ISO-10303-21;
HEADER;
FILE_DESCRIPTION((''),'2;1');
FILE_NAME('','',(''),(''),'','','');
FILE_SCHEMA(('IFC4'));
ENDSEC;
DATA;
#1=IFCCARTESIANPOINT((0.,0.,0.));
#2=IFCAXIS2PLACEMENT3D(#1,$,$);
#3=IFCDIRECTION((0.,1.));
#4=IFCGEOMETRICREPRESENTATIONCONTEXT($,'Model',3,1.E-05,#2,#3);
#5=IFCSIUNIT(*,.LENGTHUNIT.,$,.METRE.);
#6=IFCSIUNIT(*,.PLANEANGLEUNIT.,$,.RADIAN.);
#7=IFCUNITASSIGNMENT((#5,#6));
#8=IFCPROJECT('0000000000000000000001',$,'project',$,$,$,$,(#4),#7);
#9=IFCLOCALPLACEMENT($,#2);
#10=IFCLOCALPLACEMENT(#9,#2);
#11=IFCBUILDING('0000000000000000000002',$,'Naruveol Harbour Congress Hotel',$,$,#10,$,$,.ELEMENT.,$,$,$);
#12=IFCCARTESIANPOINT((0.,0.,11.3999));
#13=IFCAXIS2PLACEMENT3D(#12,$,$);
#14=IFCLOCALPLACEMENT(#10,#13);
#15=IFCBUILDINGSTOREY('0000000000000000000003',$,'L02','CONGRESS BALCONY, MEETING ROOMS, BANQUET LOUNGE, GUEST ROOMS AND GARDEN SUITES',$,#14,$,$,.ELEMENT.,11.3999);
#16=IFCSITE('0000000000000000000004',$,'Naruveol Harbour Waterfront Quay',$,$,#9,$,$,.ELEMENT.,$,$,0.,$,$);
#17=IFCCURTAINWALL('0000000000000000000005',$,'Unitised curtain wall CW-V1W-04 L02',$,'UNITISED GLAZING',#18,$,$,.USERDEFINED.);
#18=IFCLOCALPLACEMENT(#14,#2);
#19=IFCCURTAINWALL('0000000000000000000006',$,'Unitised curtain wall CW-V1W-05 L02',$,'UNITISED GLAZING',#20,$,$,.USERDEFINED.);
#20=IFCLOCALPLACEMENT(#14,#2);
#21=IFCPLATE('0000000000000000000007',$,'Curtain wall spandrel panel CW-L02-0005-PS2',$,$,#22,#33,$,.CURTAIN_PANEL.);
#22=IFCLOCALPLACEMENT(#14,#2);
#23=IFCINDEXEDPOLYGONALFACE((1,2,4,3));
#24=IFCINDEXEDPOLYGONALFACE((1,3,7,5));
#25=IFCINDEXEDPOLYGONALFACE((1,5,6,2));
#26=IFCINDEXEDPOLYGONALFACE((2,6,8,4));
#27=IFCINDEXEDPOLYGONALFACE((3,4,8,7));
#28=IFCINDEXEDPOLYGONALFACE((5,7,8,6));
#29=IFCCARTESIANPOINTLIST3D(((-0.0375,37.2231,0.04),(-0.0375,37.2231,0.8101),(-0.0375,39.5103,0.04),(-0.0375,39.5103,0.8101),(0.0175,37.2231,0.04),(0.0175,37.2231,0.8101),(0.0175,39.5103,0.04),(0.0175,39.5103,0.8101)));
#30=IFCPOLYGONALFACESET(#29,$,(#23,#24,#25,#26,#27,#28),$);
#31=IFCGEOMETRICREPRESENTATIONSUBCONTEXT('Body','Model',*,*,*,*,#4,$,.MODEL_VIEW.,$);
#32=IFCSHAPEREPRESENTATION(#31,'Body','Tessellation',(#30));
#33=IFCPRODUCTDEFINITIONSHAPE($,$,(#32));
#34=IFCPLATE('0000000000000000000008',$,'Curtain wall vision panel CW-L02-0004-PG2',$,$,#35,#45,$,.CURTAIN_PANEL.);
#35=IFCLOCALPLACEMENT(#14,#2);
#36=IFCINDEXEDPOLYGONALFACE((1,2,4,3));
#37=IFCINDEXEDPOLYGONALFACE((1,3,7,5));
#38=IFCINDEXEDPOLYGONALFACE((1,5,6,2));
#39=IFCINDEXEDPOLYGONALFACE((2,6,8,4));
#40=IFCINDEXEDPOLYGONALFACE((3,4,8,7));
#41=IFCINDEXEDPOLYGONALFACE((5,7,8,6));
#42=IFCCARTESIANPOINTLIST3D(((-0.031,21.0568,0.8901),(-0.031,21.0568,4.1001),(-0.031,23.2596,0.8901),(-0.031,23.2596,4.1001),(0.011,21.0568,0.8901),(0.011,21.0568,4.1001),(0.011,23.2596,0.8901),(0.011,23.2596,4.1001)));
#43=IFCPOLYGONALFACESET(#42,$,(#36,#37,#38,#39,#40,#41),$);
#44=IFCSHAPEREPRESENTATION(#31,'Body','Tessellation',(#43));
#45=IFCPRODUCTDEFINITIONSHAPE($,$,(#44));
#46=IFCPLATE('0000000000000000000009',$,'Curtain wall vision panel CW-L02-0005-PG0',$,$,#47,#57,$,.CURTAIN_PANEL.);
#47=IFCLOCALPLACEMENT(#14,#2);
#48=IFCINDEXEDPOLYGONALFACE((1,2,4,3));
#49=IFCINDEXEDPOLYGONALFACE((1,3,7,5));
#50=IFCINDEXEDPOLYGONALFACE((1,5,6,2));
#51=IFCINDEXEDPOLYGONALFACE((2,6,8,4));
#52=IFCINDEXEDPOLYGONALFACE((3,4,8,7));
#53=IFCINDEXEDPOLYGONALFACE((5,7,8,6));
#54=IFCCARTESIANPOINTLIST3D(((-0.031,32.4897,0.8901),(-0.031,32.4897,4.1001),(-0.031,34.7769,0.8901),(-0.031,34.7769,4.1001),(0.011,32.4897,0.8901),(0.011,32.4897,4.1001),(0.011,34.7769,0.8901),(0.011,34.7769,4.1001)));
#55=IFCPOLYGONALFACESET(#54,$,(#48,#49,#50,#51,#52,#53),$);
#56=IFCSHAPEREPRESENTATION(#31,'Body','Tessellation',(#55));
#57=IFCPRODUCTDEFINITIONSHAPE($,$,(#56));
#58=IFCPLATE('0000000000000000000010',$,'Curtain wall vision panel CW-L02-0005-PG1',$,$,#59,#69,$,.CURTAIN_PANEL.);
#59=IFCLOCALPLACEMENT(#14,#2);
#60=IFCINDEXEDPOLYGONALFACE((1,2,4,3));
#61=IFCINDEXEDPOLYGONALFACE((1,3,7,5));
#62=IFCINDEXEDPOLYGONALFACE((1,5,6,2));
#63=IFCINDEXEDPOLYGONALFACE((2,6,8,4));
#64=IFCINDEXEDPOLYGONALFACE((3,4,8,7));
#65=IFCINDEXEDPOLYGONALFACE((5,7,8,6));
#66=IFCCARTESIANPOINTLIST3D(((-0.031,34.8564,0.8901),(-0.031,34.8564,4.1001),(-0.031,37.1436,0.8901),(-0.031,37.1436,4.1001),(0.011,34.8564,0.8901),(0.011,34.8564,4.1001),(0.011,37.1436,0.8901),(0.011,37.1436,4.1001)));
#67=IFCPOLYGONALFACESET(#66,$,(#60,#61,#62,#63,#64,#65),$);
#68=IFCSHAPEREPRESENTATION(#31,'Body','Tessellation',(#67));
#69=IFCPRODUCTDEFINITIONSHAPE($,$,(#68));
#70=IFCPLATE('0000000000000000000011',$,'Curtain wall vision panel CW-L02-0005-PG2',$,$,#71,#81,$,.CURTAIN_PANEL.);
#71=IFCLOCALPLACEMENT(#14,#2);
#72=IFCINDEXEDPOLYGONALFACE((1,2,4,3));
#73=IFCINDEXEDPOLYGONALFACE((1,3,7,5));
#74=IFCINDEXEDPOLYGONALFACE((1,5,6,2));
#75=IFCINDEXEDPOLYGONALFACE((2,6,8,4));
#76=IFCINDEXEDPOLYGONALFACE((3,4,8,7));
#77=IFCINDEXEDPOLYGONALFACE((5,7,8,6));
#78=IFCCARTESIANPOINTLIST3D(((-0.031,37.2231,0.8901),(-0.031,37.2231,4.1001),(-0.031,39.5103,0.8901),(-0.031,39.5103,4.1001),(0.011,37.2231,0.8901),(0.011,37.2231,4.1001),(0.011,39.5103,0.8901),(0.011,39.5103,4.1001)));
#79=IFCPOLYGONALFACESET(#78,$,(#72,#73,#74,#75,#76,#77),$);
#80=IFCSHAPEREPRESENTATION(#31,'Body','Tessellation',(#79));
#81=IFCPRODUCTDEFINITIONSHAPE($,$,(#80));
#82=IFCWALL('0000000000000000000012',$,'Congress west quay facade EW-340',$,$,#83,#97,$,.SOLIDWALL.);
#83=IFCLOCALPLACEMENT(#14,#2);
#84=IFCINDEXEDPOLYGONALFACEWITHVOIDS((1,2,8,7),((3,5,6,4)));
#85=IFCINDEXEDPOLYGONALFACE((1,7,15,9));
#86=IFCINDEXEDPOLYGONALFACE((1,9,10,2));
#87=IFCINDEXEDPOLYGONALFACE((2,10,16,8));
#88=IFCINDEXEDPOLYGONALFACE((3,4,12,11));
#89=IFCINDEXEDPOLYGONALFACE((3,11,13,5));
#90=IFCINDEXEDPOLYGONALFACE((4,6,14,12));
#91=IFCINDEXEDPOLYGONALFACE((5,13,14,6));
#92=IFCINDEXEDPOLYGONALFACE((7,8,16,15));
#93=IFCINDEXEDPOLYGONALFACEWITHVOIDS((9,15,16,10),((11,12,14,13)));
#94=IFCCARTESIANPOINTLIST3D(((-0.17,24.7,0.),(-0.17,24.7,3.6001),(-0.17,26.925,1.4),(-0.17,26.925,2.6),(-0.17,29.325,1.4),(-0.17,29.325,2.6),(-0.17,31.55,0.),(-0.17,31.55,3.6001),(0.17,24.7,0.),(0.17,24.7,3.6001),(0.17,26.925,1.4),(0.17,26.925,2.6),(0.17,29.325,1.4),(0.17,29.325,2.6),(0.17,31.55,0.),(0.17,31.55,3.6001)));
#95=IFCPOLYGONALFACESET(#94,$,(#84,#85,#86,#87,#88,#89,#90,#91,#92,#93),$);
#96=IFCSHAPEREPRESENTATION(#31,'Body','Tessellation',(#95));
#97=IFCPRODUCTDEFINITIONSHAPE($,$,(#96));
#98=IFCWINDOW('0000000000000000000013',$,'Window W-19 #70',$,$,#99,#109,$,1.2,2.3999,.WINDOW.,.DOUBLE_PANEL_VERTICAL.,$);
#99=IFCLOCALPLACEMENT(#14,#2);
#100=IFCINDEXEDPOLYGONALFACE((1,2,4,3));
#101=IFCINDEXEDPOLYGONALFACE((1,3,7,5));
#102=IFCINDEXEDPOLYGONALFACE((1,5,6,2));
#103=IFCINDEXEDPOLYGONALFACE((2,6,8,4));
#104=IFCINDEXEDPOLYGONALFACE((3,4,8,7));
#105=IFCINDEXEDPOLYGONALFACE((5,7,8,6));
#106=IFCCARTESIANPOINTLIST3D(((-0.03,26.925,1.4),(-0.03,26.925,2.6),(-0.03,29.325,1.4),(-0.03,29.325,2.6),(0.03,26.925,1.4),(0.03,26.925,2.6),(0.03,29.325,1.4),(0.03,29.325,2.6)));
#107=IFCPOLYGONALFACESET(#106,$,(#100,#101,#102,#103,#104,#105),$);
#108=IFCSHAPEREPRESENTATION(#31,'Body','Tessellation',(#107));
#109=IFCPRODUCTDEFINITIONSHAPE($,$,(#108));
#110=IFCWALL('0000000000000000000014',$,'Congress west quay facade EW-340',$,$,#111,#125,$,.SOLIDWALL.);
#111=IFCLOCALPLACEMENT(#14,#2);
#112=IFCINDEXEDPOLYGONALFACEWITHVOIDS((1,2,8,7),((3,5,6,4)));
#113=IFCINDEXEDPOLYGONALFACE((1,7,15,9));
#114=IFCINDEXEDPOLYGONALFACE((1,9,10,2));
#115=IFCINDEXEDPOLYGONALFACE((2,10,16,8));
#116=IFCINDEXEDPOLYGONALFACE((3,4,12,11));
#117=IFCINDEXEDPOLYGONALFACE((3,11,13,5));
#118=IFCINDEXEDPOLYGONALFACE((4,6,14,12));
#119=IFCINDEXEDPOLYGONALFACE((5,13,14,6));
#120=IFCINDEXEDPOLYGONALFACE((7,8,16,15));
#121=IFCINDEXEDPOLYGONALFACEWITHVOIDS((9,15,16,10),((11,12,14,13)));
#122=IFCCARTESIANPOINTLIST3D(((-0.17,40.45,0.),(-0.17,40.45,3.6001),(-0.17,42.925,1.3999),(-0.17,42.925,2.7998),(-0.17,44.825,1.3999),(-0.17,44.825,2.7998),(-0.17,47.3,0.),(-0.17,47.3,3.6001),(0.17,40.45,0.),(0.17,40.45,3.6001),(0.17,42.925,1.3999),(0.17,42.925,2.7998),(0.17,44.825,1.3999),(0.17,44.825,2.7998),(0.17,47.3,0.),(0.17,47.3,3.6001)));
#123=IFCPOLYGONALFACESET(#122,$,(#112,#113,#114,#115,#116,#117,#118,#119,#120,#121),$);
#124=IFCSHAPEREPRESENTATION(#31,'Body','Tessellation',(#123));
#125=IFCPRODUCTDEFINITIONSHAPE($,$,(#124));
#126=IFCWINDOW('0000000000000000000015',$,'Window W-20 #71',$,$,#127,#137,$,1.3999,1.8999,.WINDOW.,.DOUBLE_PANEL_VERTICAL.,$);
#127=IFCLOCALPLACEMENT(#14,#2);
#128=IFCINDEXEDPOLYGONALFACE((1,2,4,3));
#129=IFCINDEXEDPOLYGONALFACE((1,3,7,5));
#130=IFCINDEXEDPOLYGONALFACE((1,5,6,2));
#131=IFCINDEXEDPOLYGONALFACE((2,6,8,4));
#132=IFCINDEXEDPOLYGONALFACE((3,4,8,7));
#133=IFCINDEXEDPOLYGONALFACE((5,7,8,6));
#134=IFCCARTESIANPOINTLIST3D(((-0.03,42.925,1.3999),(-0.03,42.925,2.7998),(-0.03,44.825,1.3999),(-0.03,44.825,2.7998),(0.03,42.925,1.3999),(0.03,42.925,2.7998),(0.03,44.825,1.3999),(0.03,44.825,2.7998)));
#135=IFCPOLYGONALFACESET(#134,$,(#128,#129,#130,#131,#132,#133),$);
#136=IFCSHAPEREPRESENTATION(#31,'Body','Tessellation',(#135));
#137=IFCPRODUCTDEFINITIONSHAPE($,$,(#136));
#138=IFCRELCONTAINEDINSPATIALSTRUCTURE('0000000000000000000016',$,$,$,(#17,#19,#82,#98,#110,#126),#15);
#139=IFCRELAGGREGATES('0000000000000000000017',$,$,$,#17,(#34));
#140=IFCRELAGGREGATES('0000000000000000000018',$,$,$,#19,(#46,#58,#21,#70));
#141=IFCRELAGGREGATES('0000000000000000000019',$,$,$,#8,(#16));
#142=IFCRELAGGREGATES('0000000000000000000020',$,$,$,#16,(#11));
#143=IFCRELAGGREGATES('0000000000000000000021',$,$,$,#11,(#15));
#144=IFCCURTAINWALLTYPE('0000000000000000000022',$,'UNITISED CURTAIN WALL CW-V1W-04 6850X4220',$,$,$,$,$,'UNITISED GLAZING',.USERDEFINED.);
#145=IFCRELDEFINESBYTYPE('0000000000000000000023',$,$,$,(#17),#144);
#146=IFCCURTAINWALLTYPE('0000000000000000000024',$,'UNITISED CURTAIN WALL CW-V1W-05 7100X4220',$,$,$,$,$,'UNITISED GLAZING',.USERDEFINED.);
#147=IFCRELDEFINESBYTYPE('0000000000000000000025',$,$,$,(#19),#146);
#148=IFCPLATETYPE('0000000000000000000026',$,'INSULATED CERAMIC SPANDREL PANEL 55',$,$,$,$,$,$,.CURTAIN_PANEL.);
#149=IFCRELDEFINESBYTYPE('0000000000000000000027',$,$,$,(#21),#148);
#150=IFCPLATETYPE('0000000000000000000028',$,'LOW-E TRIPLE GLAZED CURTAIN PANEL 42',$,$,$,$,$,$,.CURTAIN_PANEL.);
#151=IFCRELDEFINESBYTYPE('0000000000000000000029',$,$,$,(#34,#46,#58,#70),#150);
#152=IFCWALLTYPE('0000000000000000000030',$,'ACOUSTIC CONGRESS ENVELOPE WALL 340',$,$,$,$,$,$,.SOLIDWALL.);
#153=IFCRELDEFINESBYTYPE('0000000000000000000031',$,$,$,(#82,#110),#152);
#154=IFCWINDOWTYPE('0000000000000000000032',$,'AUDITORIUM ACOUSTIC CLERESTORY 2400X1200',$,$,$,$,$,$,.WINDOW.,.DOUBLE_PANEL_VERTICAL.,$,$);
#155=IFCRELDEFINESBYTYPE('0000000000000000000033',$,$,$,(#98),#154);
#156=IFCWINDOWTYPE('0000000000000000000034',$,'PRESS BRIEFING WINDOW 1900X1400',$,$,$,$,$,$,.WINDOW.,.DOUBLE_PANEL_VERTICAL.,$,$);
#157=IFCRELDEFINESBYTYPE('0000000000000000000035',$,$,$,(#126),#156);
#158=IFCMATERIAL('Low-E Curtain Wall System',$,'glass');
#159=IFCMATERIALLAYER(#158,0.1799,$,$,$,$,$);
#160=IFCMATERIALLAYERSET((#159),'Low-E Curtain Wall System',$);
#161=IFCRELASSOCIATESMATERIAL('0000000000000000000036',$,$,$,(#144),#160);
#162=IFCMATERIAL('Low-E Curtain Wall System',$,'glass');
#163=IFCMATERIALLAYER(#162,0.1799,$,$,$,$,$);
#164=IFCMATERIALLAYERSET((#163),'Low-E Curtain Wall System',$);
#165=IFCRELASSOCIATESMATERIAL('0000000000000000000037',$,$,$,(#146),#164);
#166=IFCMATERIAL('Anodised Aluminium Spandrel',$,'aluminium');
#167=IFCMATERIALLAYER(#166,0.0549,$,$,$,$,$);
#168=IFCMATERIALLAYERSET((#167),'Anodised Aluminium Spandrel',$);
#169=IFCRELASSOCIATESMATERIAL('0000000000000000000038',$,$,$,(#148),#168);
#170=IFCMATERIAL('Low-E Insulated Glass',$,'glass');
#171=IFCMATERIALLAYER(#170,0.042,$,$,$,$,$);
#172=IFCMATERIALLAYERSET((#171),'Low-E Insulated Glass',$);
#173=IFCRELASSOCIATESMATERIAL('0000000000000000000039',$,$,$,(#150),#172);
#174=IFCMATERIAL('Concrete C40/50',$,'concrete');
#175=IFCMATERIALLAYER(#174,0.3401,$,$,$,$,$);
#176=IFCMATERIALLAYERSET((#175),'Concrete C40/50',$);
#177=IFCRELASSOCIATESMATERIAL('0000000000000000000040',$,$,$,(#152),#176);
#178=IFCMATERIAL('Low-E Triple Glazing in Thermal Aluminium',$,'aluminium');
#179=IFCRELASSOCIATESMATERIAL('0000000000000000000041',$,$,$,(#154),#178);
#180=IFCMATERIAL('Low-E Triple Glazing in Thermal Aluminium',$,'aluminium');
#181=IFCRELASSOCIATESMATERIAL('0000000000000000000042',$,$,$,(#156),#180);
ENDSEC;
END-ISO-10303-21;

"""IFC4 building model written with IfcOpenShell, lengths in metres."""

from ifc_helpers import new_model, si_unit, direction, frame, frame_2d, origin, origin_2d, place, context, subcontext, project, spatial, rectangle, extrude, material, layer, layer_set, type_object, element, fill, aggregate, save


model = new_model("IFC4")

# Units and contexts
model_context = context("Model", 3, precision=1e-05, world=origin(), true_north=direction((0.0, 1.0)))
body_context = subcontext(model_context, "Body", "Model", "MODEL_VIEW")
ifc_project = project(units=[si_unit("LENGTHUNIT", "METRE"), si_unit("PLANEANGLEUNIT", "RADIAN")], contexts=[model_context])

# Site, building, storey
site_placement = place(None, origin())
site = spatial("IfcSite", under=ifc_project, at=site_placement, Name="Naruveol Harbour Waterfront Quay", CompositionType="ELEMENT", RefElevation=0.0)
building_placement = place(site_placement, origin())
building = spatial("IfcBuilding", under=site, at=building_placement, Name="Naruveol Harbour Congress Hotel", CompositionType="ELEMENT")
storey_placement = place(building_placement, frame((0.0, 0.0, 11.3999)))
storey = spatial("IfcBuildingStorey", under=building, at=storey_placement, Name="L02", Description="CONGRESS BALCONY, MEETING ROOMS, BANQUET LOUNGE, GUEST ROOMS AND GARDEN SUITES", CompositionType="ELEMENT", Elevation=11.3999)

# Curtain wall
ifc_material_1 = material(Name="Low-E Curtain Wall System", Category="glass")
ifc_layer_1 = layer(ifc_material_1, 0.1799)
ifc_layer_set_1 = layer_set([ifc_layer_1], Name="Low-E Curtain Wall System")
curtain_wall_type_1 = type_object("IfcCurtainWallType", Name="UNITISED CURTAIN WALL CW-V1W-04 6850X4220", ElementType="UNITISED GLAZING", PredefinedType="USERDEFINED", material=ifc_layer_set_1)
curtain_wall_1_placement = place(storey_placement, origin())
curtain_wall_1 = element("IfcCurtainWall", 1, at=curtain_wall_1_placement, inside=storey, type_object=curtain_wall_type_1, Name="Unitised curtain wall CW-V1W-04 L02", ObjectType="UNITISED GLAZING", PredefinedType="USERDEFINED")

# Curtain wall
ifc_material_2 = material(Name="Low-E Curtain Wall System", Category="glass")
ifc_layer_2 = layer(ifc_material_2, 0.1799)
ifc_layer_set_2 = layer_set([ifc_layer_2], Name="Low-E Curtain Wall System")
curtain_wall_type_2 = type_object("IfcCurtainWallType", Name="UNITISED CURTAIN WALL CW-V1W-05 7100X4220", ElementType="UNITISED GLAZING", PredefinedType="USERDEFINED", material=ifc_layer_set_2)
curtain_wall_2_placement = place(storey_placement, origin())
curtain_wall_2 = element("IfcCurtainWall", 2, at=curtain_wall_2_placement, inside=storey, type_object=curtain_wall_type_2, Name="Unitised curtain wall CW-V1W-05 L02", ObjectType="UNITISED GLAZING", PredefinedType="USERDEFINED")

# Plates
ifc_material_3 = material(Name="Anodised Aluminium Spandrel", Category="aluminium")
ifc_layer_3 = layer(ifc_material_3, 0.0549)
ifc_layer_set_3 = layer_set([ifc_layer_3], Name="Anodised Aluminium Spandrel")
plate_type_1 = type_object("IfcPlateType", Name="INSULATED CERAMIC SPANDREL PANEL 55", PredefinedType="CURTAIN_PANEL", material=ifc_layer_set_3)
plate_1_placement = place(storey_placement, frame((-0.01, 38.3667, 0.04), z_axis=(0.0, 0.0, 1.0), x_axis=(0.0, 1.0, 0.0)))
plate_1 = element("IfcPlate", 3, at=plate_1_placement, type_object=plate_type_1, Name="Curtain wall spandrel panel CW-L02-0005-PS2", PredefinedType="CURTAIN_PANEL", context=body_context, shape_type="SweptSolid", body=[
    extrude(rectangle(XDim=2.2871, YDim=0.0549, at=origin_2d()), origin(), (0.0, 0.0, 1.0), 0.77),
])
ifc_material_4 = material(Name="Low-E Insulated Glass", Category="glass")
ifc_layer_4 = layer(ifc_material_4, 0.042)
ifc_layer_set_4 = layer_set([ifc_layer_4], Name="Low-E Insulated Glass")
plate_type_2 = type_object("IfcPlateType", Name="LOW-E TRIPLE GLAZED CURTAIN PANEL 42", PredefinedType="CURTAIN_PANEL", material=ifc_layer_set_4)
plate_2_placement = place(storey_placement, frame((-0.01, 22.1582, 0.8901), z_axis=(0.0, 0.0, 1.0), x_axis=(0.0, 1.0, 0.0)))
plate_2 = element("IfcPlate", 4, at=plate_2_placement, type_object=plate_type_2, Name="Curtain wall vision panel CW-L02-0004-PG2", PredefinedType="CURTAIN_PANEL", context=body_context, shape_type="SweptSolid", body=[
    extrude(rectangle(XDim=2.2029, YDim=0.042, at=origin_2d()), origin(), (0.0, 0.0, 1.0), 3.21),
])
aggregate(curtain_wall_1, [plate_2])
plate_3_placement = place(storey_placement, frame((-0.01, 33.6333, 0.8901), z_axis=(0.0, 0.0, 1.0), x_axis=(0.0, 1.0, 0.0)))
plate_3 = element("IfcPlate", 5, at=plate_3_placement, type_object=plate_type_2, Name="Curtain wall vision panel CW-L02-0005-PG0", PredefinedType="CURTAIN_PANEL", context=body_context, shape_type="SweptSolid", body=[
    extrude(rectangle(XDim=2.2871, YDim=0.042, at=origin_2d()), origin(), (0.0, 0.0, 1.0), 3.21),
])
plate_4_placement = place(storey_placement, frame((-0.01, 36.0, 0.8901), z_axis=(0.0, 0.0, 1.0), x_axis=(0.0, 1.0, 0.0)))
plate_4 = element("IfcPlate", 6, at=plate_4_placement, type_object=plate_type_2, Name="Curtain wall vision panel CW-L02-0005-PG1", PredefinedType="CURTAIN_PANEL", context=body_context, shape_type="SweptSolid", body=[
    extrude(rectangle(XDim=2.2871, YDim=0.042, at=origin_2d()), origin(), (0.0, 0.0, 1.0), 3.21),
])
plate_5_placement = place(storey_placement, frame((-0.01, 38.3667, 0.8901), z_axis=(0.0, 0.0, 1.0), x_axis=(0.0, 1.0, 0.0)))
plate_5 = element("IfcPlate", 7, at=plate_5_placement, type_object=plate_type_2, Name="Curtain wall vision panel CW-L02-0005-PG2", PredefinedType="CURTAIN_PANEL", context=body_context, shape_type="SweptSolid", body=[
    extrude(rectangle(XDim=2.2871, YDim=0.042, at=origin_2d()), origin(), (0.0, 0.0, 1.0), 3.21),
])
aggregate(curtain_wall_2, [plate_3, plate_4, plate_1, plate_5])

# Walls, openings, windows
ifc_material_5 = material(Name="Concrete C40/50", Category="concrete")
ifc_layer_5 = layer(ifc_material_5, 0.3401)
ifc_layer_set_5 = layer_set([ifc_layer_5], Name="Concrete C40/50")
wall_type = type_object("IfcWallType", Name="ACOUSTIC CONGRESS ENVELOPE WALL 340", PredefinedType="SOLIDWALL", material=ifc_layer_set_5)
wall_1_placement = place(storey_placement, frame((0.0, 24.7, 0.0), z_axis=(0.0, 0.0, 1.0), x_axis=(0.0, 1.0, 0.0)))
wall_1 = element("IfcWall", 8, at=wall_1_placement, inside=storey, type_object=wall_type, Name="Congress west quay facade EW-340", PredefinedType="SOLIDWALL", context=body_context, shape_type="SweptSolid", body=[
    extrude(rectangle(XDim=6.8501, YDim=0.3401, at=frame_2d((3.425, 0.0))), origin(), (0.0, 0.0, 1.0), 3.6001),
])
opening_1_placement = place(wall_1_placement, frame((2.2251, 0.0, 1.3999)))
opening_1 = element("IfcOpeningElement", 9, at=opening_1_placement, cuts=wall_1, PredefinedType="OPENING", context=body_context, shape_type="SweptSolid", body=[
    extrude(rectangle(XDim=2.3999, YDim=1.2, at=frame_2d((1.2, 0.6001))), frame((0.0, 0.1799, 0.0), z_axis=(0.0, -1.0, 0.0), x_axis=(1.0, 0.0, 0.0)), (0.0, 0.0, 1.0), 0.3601),
])
ifc_material_6 = material(Name="Low-E Triple Glazing in Thermal Aluminium", Category="aluminium")
window_type_1 = type_object("IfcWindowType", Name="AUDITORIUM ACOUSTIC CLERESTORY 2400X1200", PartitioningType="DOUBLE_PANEL_VERTICAL", PredefinedType="WINDOW", material=ifc_material_6)
window_1_placement = place(opening_1_placement, origin())
window_1 = element("IfcWindow", 10, at=window_1_placement, inside=storey, type_object=window_type_1, Name="Window W-19 #70", OverallHeight=1.2, OverallWidth=2.3999, PartitioningType="DOUBLE_PANEL_VERTICAL", PredefinedType="WINDOW", context=body_context, shape_type="SweptSolid", body=[
    extrude(rectangle(XDim=2.3999, YDim=1.2, at=frame_2d((1.2, 0.6001))), frame((0.0, 0.03, 0.0), z_axis=(0.0, -1.0, 0.0), x_axis=(1.0, 0.0, 0.0)), (0.0, 0.0, 1.0), 0.0601),
])
fill(opening_1, window_1)
wall_2_placement = place(storey_placement, frame((0.0, 40.45, 0.0), z_axis=(0.0, 0.0, 1.0), x_axis=(0.0, 1.0, 0.0)))
wall_2 = element("IfcWall", 11, at=wall_2_placement, inside=storey, type_object=wall_type, Name="Congress west quay facade EW-340", PredefinedType="SOLIDWALL", context=body_context, shape_type="SweptSolid", body=[
    extrude(rectangle(XDim=6.8501, YDim=0.3401, at=frame_2d((3.425, 0.0))), origin(), (0.0, 0.0, 1.0), 3.6001),
])
opening_2_placement = place(wall_2_placement, frame((2.4751, 0.0, 1.3999)))
opening_2 = element("IfcOpeningElement", 12, at=opening_2_placement, cuts=wall_2, PredefinedType="OPENING", context=body_context, shape_type="SweptSolid", body=[
    extrude(rectangle(XDim=1.8999, YDim=1.3999, at=frame_2d((0.95, 0.7))), frame((0.0, 0.1799, 0.0), z_axis=(0.0, -1.0, 0.0), x_axis=(1.0, 0.0, 0.0)), (0.0, 0.0, 1.0), 0.3601),
])
ifc_material_7 = material(Name="Low-E Triple Glazing in Thermal Aluminium", Category="aluminium")
window_type_2 = type_object("IfcWindowType", Name="PRESS BRIEFING WINDOW 1900X1400", PartitioningType="DOUBLE_PANEL_VERTICAL", PredefinedType="WINDOW", material=ifc_material_7)
window_2_placement = place(opening_2_placement, origin())
window_2 = element("IfcWindow", 13, at=window_2_placement, inside=storey, type_object=window_type_2, Name="Window W-20 #71", OverallHeight=1.3999, OverallWidth=1.8999, PartitioningType="DOUBLE_PANEL_VERTICAL", PredefinedType="WINDOW", context=body_context, shape_type="SweptSolid", body=[
    extrude(rectangle(XDim=1.8999, YDim=1.3999, at=frame_2d((0.95, 0.7))), frame((0.0, 0.03, 0.0), z_axis=(0.0, -1.0, 0.0), x_axis=(1.0, 0.0, 0.0)), (0.0, 0.0, 1.0), 0.0601),
])
fill(opening_2, window_2)

save(model, "model.ifc")
